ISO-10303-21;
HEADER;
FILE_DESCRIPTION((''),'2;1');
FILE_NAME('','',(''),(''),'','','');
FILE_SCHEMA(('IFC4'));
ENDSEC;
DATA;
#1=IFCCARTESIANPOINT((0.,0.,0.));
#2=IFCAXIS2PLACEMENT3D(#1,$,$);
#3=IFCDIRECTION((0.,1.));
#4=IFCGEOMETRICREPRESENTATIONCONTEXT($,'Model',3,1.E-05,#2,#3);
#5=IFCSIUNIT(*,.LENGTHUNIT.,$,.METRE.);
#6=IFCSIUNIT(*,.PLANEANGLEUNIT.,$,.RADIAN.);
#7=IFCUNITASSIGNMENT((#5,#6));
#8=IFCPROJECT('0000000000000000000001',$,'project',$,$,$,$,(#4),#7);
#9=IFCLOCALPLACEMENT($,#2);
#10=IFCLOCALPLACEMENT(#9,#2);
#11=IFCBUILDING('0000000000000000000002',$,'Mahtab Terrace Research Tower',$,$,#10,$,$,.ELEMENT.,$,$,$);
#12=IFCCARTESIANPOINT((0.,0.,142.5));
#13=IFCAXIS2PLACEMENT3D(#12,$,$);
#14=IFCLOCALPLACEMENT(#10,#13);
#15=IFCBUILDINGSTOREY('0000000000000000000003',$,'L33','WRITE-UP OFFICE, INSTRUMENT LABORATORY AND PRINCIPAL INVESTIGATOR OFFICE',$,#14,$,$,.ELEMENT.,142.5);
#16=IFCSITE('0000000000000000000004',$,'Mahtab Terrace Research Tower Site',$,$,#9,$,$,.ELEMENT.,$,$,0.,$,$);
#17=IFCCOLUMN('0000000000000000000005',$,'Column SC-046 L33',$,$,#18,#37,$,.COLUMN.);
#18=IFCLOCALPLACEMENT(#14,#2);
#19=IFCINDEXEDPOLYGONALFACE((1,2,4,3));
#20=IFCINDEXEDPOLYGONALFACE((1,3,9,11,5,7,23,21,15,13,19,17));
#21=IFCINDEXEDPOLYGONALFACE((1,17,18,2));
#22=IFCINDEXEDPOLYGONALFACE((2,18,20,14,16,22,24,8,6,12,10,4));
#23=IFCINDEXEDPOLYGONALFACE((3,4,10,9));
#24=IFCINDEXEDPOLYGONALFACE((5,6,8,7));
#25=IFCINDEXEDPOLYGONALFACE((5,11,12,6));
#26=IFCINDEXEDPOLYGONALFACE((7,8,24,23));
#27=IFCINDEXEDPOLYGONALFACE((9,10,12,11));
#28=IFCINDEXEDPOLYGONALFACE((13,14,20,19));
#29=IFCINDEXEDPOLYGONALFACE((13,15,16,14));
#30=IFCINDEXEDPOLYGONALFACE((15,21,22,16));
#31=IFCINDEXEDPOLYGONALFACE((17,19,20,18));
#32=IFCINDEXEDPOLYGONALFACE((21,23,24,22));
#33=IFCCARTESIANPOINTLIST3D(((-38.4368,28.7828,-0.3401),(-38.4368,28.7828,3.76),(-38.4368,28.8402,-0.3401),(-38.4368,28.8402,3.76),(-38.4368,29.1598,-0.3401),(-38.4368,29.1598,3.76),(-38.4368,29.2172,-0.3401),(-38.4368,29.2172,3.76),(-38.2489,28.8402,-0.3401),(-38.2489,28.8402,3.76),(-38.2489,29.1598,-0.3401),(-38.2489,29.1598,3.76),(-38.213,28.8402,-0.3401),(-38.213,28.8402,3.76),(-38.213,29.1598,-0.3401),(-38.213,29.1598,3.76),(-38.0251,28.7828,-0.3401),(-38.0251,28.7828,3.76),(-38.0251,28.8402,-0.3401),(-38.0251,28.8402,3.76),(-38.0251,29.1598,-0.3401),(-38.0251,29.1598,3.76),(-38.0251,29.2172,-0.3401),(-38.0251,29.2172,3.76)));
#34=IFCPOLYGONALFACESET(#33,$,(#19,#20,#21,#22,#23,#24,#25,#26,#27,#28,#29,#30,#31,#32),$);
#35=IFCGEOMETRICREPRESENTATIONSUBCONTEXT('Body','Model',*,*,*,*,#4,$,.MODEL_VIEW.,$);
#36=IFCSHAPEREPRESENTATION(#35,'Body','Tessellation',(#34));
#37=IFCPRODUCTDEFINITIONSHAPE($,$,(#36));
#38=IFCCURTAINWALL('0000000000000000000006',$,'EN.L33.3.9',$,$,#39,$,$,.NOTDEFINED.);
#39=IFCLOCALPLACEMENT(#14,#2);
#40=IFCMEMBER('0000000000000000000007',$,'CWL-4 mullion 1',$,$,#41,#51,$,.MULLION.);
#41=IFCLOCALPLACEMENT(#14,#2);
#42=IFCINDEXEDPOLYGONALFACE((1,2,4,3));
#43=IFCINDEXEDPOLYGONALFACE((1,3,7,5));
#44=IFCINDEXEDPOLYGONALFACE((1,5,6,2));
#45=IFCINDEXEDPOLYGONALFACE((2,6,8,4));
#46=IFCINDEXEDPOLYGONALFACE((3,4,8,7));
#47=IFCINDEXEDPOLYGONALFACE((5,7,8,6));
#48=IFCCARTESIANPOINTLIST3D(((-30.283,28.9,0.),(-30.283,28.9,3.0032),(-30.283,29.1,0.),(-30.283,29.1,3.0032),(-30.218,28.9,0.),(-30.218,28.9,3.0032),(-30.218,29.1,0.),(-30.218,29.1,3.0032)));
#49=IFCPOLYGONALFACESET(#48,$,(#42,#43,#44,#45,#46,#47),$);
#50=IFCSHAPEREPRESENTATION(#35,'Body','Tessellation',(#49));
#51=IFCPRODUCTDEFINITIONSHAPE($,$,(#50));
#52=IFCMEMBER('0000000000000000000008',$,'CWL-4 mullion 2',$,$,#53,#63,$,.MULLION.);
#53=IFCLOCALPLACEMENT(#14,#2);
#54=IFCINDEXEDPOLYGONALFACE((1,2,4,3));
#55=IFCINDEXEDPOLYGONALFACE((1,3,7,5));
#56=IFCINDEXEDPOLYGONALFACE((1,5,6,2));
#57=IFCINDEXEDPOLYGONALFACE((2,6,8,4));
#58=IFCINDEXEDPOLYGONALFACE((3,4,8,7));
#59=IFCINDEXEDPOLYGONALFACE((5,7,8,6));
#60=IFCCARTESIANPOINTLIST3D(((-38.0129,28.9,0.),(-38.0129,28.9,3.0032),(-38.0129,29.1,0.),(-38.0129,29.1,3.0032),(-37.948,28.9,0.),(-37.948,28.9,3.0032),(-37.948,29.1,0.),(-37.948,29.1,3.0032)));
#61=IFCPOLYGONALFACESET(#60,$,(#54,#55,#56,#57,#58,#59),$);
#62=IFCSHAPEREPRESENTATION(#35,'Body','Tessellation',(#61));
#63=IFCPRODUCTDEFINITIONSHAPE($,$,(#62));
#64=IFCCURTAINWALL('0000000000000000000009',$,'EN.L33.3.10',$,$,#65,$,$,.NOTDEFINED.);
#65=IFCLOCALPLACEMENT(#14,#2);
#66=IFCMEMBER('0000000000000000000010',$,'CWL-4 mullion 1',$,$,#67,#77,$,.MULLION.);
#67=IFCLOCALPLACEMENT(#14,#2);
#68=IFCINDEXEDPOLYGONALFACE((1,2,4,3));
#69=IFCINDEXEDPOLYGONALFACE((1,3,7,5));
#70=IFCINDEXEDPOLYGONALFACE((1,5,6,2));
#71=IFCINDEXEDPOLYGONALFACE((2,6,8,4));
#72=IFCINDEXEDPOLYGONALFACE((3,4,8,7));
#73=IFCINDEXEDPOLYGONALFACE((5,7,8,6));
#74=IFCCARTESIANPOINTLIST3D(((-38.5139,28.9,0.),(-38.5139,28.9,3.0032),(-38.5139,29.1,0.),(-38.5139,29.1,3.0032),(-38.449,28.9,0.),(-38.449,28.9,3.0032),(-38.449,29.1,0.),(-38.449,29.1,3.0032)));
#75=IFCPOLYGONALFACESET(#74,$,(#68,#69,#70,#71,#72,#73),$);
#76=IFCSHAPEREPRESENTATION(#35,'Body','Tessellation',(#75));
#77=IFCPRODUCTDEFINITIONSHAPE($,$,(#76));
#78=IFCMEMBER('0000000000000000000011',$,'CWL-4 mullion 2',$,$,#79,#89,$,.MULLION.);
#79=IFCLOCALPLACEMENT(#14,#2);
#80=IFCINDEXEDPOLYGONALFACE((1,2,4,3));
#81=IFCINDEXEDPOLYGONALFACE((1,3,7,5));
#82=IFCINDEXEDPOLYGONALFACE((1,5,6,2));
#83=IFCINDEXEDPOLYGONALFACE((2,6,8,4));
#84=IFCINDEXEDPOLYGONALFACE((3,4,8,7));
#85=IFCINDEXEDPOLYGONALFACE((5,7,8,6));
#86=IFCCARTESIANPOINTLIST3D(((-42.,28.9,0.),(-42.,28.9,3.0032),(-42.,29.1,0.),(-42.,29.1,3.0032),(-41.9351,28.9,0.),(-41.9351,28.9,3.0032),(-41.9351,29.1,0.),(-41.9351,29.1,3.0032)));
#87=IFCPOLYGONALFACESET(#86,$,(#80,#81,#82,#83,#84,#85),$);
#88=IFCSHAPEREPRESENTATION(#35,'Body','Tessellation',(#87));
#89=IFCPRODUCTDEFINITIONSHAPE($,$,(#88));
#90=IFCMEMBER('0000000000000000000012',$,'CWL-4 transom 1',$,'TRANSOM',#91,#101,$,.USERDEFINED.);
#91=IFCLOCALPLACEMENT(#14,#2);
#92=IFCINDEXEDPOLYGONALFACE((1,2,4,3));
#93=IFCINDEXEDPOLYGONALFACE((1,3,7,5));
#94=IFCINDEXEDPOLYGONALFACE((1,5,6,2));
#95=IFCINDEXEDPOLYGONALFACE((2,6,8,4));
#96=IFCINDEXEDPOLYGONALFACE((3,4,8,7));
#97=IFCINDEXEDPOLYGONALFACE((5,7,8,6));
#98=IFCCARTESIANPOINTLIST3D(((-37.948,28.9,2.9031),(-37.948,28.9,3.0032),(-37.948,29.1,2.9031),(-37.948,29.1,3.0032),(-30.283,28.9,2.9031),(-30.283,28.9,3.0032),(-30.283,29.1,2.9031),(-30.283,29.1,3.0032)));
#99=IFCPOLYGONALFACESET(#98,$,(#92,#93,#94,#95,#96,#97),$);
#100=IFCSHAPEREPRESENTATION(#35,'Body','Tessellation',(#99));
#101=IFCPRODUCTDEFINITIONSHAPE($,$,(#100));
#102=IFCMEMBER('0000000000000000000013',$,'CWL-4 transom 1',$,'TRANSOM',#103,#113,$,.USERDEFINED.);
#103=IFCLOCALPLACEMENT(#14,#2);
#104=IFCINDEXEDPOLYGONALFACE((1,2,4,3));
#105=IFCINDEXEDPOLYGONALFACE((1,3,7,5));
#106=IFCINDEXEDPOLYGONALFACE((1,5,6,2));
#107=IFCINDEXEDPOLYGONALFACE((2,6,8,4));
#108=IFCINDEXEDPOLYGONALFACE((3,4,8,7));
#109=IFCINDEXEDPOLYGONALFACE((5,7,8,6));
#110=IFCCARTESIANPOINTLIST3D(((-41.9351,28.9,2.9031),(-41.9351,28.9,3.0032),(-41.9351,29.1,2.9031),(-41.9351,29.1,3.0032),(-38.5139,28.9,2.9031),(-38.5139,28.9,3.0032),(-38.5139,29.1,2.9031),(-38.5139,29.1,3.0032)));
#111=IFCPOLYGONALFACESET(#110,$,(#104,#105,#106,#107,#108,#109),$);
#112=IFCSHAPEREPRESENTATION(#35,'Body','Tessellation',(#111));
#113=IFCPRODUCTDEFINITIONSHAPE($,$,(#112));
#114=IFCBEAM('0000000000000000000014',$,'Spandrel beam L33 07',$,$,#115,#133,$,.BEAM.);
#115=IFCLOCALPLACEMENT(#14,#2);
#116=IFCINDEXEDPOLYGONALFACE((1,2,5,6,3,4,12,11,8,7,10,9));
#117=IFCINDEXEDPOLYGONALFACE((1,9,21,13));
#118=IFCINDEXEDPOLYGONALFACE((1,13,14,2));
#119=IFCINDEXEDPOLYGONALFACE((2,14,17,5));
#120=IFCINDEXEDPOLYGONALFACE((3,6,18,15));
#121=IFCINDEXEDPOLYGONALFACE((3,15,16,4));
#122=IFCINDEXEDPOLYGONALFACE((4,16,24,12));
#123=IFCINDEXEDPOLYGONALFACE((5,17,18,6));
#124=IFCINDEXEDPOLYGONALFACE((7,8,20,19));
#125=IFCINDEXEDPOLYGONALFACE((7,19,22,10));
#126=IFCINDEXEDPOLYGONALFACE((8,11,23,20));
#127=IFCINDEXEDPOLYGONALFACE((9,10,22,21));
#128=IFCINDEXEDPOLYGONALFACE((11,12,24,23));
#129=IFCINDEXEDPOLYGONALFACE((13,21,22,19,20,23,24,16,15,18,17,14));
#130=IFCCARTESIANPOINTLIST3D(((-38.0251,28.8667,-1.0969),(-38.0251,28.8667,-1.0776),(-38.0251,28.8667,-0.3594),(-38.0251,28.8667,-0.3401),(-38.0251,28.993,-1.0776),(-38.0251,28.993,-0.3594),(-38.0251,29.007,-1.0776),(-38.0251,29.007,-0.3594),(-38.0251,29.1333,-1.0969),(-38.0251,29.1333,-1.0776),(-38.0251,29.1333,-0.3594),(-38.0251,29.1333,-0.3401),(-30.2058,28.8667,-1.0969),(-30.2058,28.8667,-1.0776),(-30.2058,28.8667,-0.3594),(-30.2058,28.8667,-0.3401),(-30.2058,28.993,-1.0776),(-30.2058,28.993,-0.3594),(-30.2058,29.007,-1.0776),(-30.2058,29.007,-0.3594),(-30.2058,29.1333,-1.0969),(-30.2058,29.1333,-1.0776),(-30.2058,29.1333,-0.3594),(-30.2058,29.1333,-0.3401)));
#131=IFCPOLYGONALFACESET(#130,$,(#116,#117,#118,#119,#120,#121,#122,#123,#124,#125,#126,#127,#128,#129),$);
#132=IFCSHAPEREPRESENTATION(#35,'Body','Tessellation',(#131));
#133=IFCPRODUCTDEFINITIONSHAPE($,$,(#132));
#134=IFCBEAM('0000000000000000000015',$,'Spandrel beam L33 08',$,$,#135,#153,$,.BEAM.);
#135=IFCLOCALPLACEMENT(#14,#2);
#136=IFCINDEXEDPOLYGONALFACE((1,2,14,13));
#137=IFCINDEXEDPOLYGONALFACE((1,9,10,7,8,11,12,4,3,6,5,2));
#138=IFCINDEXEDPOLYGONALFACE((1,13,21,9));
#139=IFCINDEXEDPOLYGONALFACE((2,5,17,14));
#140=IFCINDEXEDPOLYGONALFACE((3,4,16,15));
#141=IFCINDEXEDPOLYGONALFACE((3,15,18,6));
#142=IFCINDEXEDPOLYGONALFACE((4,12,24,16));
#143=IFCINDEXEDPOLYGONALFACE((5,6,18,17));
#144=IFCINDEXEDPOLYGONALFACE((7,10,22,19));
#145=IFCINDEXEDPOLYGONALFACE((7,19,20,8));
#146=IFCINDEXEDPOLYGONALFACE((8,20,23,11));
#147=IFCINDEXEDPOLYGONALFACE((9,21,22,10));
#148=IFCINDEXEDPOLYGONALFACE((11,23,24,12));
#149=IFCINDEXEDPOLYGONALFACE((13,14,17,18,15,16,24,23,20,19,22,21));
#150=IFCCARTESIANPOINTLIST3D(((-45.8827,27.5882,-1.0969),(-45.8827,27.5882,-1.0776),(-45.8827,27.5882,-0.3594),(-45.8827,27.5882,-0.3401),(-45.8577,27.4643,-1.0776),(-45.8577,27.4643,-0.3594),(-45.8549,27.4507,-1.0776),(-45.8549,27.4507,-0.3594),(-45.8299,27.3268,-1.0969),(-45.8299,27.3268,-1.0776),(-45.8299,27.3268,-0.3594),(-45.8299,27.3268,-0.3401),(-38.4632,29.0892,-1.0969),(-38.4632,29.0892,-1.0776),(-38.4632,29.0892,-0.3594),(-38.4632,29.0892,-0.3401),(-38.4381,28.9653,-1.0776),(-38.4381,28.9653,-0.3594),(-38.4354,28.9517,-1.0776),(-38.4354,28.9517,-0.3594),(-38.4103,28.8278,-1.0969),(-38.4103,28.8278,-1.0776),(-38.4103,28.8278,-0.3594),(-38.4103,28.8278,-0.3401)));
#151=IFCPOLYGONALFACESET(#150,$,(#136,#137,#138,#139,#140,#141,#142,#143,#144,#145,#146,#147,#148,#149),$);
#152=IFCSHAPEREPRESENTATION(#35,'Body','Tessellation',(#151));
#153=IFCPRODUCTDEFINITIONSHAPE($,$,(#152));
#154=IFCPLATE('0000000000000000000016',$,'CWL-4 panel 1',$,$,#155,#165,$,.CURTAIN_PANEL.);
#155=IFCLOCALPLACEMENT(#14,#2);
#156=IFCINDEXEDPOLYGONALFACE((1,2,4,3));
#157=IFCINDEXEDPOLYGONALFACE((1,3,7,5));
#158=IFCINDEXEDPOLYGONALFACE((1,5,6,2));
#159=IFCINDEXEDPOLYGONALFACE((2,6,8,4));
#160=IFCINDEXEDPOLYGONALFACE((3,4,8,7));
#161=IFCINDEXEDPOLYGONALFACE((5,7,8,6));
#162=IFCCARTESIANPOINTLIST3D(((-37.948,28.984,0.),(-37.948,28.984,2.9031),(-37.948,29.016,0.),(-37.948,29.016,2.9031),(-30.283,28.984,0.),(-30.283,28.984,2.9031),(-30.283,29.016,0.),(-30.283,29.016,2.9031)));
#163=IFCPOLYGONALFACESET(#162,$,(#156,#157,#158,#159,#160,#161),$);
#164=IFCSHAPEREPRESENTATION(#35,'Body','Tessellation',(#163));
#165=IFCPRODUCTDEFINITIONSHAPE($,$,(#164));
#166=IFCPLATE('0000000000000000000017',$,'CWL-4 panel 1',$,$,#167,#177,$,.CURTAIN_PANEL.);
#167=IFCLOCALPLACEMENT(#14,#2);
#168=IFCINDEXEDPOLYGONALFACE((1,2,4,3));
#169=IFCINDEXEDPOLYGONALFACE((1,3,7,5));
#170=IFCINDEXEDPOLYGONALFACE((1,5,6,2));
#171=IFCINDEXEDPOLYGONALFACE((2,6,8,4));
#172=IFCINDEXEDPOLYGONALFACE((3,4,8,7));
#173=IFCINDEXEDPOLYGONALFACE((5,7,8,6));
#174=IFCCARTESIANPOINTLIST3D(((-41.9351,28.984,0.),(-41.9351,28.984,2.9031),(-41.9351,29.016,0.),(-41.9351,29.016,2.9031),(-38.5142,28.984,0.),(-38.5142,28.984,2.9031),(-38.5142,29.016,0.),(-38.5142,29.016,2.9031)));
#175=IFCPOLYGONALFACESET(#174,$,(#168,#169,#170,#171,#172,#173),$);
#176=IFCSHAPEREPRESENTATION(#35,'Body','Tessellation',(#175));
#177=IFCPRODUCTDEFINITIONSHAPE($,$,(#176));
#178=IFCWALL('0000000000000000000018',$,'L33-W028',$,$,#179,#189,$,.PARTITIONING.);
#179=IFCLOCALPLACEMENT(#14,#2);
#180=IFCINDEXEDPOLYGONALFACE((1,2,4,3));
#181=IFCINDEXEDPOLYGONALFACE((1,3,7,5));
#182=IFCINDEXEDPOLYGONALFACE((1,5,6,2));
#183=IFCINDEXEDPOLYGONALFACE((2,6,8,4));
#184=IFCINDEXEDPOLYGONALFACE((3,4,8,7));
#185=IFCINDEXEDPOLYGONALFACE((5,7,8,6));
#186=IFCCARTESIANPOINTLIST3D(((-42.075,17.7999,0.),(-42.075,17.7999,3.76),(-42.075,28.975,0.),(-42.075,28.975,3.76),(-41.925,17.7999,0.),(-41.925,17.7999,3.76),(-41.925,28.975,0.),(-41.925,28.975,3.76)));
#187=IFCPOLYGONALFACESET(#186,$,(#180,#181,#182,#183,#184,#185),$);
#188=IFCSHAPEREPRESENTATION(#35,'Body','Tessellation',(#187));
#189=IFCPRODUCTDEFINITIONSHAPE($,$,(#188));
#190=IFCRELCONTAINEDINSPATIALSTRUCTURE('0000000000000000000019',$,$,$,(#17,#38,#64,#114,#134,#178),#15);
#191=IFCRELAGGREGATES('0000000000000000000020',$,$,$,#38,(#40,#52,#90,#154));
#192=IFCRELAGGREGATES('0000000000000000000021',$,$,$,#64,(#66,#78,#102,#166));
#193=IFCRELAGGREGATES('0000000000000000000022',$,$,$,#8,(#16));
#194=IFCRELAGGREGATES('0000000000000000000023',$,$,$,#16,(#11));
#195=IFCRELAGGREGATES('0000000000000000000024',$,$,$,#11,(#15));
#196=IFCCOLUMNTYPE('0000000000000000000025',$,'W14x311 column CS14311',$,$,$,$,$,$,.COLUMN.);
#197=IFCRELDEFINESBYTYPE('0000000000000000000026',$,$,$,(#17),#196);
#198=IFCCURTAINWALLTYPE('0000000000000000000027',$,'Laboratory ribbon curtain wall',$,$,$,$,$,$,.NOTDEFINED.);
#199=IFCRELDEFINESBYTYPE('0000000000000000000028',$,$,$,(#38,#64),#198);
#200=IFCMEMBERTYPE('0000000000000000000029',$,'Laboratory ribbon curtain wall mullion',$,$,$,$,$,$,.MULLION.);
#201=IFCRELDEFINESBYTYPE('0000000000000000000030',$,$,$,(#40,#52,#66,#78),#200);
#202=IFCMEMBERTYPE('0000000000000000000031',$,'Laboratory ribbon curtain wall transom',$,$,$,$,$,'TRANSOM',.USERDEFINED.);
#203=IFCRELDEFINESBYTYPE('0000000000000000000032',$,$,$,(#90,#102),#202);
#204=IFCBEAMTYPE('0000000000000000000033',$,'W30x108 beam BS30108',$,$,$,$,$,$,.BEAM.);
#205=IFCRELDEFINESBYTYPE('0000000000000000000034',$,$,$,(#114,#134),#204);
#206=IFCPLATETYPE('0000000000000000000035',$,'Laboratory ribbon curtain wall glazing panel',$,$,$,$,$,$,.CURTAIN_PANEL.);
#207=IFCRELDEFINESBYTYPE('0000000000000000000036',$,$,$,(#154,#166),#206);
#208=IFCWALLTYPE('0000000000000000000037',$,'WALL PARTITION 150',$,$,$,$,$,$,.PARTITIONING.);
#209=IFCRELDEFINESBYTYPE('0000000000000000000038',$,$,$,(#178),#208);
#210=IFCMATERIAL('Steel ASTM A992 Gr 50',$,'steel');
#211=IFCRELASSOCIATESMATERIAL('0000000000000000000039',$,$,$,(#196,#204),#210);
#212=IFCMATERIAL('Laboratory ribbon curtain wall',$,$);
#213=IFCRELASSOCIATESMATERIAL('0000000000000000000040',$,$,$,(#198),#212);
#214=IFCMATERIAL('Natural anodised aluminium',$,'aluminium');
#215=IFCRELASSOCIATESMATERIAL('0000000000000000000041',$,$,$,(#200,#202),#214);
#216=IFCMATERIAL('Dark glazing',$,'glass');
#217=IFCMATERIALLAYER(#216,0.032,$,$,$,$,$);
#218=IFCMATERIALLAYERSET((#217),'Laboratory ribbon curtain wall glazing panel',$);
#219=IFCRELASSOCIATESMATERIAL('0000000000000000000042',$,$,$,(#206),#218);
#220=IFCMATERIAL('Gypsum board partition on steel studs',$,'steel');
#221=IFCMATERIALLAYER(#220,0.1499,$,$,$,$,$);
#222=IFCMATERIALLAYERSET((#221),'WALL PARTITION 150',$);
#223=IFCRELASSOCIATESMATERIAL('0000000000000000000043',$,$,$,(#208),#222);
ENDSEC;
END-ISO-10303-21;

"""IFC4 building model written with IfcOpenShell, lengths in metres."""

from ifc_helpers import new_model, si_unit, direction, frame, frame_2d, origin, origin_2d, place, context, subcontext, project, spatial, rectangle, i_section, extrude, material, layer, layer_set, material_profile, profile_set, type_object, element, aggregate, save


model = new_model("IFC4")

# Units and contexts
model_context = context("Model", 3, precision=1e-05, world=origin(), true_north=direction((0.0, 1.0)))
body_context = subcontext(model_context, "Body", "Model", "MODEL_VIEW")
ifc_project = project(units=[si_unit("LENGTHUNIT", "METRE"), si_unit("PLANEANGLEUNIT", "RADIAN")], contexts=[model_context])

# Site, building, storey
site_placement = place(None, origin())
site = spatial("IfcSite", under=ifc_project, at=site_placement, Name="Mahtab Terrace Research Tower Site", CompositionType="ELEMENT", RefElevation=0.0)
building_placement = place(site_placement, origin())
building = spatial("IfcBuilding", under=site, at=building_placement, Name="Mahtab Terrace Research Tower", CompositionType="ELEMENT")
storey_placement = place(building_placement, frame((0.0, 0.0, 142.5)))
storey = spatial("IfcBuildingStorey", under=building, at=storey_placement, Name="L33", Description="WRITE-UP OFFICE, INSTRUMENT LABORATORY AND PRINCIPAL INVESTIGATOR OFFICE", CompositionType="ELEMENT", Elevation=142.5)

# Column
ifc_material_1 = material(Name="Steel ASTM A992 Gr 50", Category="steel")
ifc_material_profile_1 = material_profile(ifc_material_1, i_section(OverallWidth=0.4116, OverallDepth=0.4343, WebThickness=0.0359, FlangeThickness=0.0574, at=origin_2d()), Name="W14X311")
ifc_profile_set_1 = profile_set([ifc_material_profile_1], Name="Steel ASTM A992 Gr 50")
column_type = type_object("IfcColumnType", Name="W14x311 column CS14311", PredefinedType="COLUMN", material=ifc_profile_set_1)
column_placement = place(storey_placement, frame((-38.231, 29.0, -0.3401), z_axis=(0.0, 0.0, 1.0), x_axis=(1.0, 0.0, 0.0)))
element("IfcColumn", 1, at=column_placement, inside=storey, type_object=column_type, Name="Column SC-046 L33", PredefinedType="COLUMN", context=body_context, shape_type="SweptSolid", body=[
    extrude(i_section(OverallWidth=0.4116, OverallDepth=0.4343, WebThickness=0.0359, FlangeThickness=0.0574, at=origin_2d()), origin(), (0.0, 0.0, 1.0), 4.1001),
])

# Curtain walls, members
ifc_material_2 = material(Name="Laboratory ribbon curtain wall")
curtain_wall_type = type_object("IfcCurtainWallType", Name="Laboratory ribbon curtain wall", PredefinedType="NOTDEFINED", material=ifc_material_2)
curtain_wall_1_placement = place(storey_placement, origin())
curtain_wall_1 = element("IfcCurtainWall", 2, at=curtain_wall_1_placement, inside=storey, type_object=curtain_wall_type, Name="EN.L33.3.9", PredefinedType="NOTDEFINED")
ifc_material_3 = material(Name="Natural anodised aluminium", Category="aluminium")
ifc_material_profile_2 = material_profile(ifc_material_3, rectangle(XDim=0.2, YDim=0.0649, at=origin_2d()), Name="MULLION 65x200")
ifc_profile_set_2 = profile_set([ifc_material_profile_2], Name="Natural anodised aluminium")
member_type_1 = type_object("IfcMemberType", Name="Laboratory ribbon curtain wall mullion", PredefinedType="MULLION", material=ifc_profile_set_2)
member_1_placement = place(storey_placement, frame((-30.2505, 29.0, 0.0), z_axis=(0.0, 0.0, 1.0), x_axis=(0.0, -1.0, 0.0)))
member_1 = element("IfcMember", 3, at=member_1_placement, type_object=member_type_1, Name="CWL-4 mullion 1", PredefinedType="MULLION", context=body_context, shape_type="SweptSolid", body=[
    extrude(rectangle(XDim=0.2, YDim=0.0649, at=origin_2d()), origin(), (0.0, 0.0, 1.0), 3.0032),
])
member_2_placement = place(storey_placement, frame((-37.9805, 29.0, 0.0), z_axis=(0.0, 0.0, 1.0), x_axis=(0.0, -1.0, 0.0)))
member_2 = element("IfcMember", 4, at=member_2_placement, type_object=member_type_1, Name="CWL-4 mullion 2", PredefinedType="MULLION", context=body_context, shape_type="SweptSolid", body=[
    extrude(rectangle(XDim=0.2, YDim=0.0649, at=origin_2d()), origin(), (0.0, 0.0, 1.0), 3.0032),
])
curtain_wall_2_placement = place(storey_placement, origin())
curtain_wall_2 = element("IfcCurtainWall", 5, at=curtain_wall_2_placement, inside=storey, type_object=curtain_wall_type, Name="EN.L33.3.10", PredefinedType="NOTDEFINED")
member_3_placement = place(storey_placement, frame((-38.4814, 29.0, 0.0), z_axis=(0.0, 0.0, 1.0), x_axis=(0.0, -1.0, 0.0)))
member_3 = element("IfcMember", 6, at=member_3_placement, type_object=member_type_1, Name="CWL-4 mullion 1", PredefinedType="MULLION", context=body_context, shape_type="SweptSolid", body=[
    extrude(rectangle(XDim=0.2, YDim=0.0649, at=origin_2d()), origin(), (0.0, 0.0, 1.0), 3.0032),
])
member_4_placement = place(storey_placement, frame((-41.9675, 29.0, 0.0), z_axis=(0.0, 0.0, 1.0), x_axis=(0.0, -1.0, 0.0)))
member_4 = element("IfcMember", 7, at=member_4_placement, type_object=member_type_1, Name="CWL-4 mullion 2", PredefinedType="MULLION", context=body_context, shape_type="SweptSolid", body=[
    extrude(rectangle(XDim=0.2, YDim=0.0649, at=origin_2d()), origin(), (0.0, 0.0, 1.0), 3.0032),
])

# Members
ifc_material_profile_3 = material_profile(ifc_material_3, rectangle(XDim=0.2, YDim=0.1001, at=origin_2d()), Name="TRANSOM 100x200")
ifc_profile_set_3 = profile_set([ifc_material_profile_3], Name="Natural anodised aluminium")
member_type_2 = type_object("IfcMemberType", Name="Laboratory ribbon curtain wall transom", ElementType="TRANSOM", PredefinedType="USERDEFINED", material=ifc_profile_set_3)
member_5_placement = place(storey_placement, frame((-30.283, 29.0, 2.9531), z_axis=(-1.0, 0.0, 0.0), x_axis=(0.0, -1.0, 0.0)))
member_5 = element("IfcMember", 8, at=member_5_placement, type_object=member_type_2, Name="CWL-4 transom 1", ObjectType="TRANSOM", PredefinedType="USERDEFINED", context=body_context, shape_type="SweptSolid", body=[
    extrude(rectangle(XDim=0.2, YDim=0.1001, at=origin_2d()), origin(), (0.0, 0.0, 1.0), 7.665),
])
member_6_placement = place(storey_placement, frame((-38.5139, 29.0, 2.9531), z_axis=(-1.0, 0.0, 0.0), x_axis=(0.0, -1.0, 0.0)))
member_6 = element("IfcMember", 9, at=member_6_placement, type_object=member_type_2, Name="CWL-4 transom 1", ObjectType="TRANSOM", PredefinedType="USERDEFINED", context=body_context, shape_type="SweptSolid", body=[
    extrude(rectangle(XDim=0.2, YDim=0.1001, at=origin_2d()), origin(), (0.0, 0.0, 1.0), 3.4211),
])

# Beams
ifc_material_profile_4 = material_profile(ifc_material_1, i_section(OverallWidth=0.2666, OverallDepth=0.7568, WebThickness=0.0139, FlangeThickness=0.0193, at=origin_2d()), Name="W30X108")
ifc_profile_set_4 = profile_set([ifc_material_profile_4], Name="Steel ASTM A992 Gr 50")
beam_type = type_object("IfcBeamType", Name="W30x108 beam BS30108", PredefinedType="BEAM", material=ifc_profile_set_4)
beam_1_placement = place(storey_placement, frame((-30.2058, 29.0, -0.7185), z_axis=(-1.0, 0.0, 0.0), x_axis=(0.0, -1.0, 0.0)))
element("IfcBeam", 10, at=beam_1_placement, inside=storey, type_object=beam_type, Name="Spandrel beam L33 07", PredefinedType="BEAM", context=body_context, shape_type="SweptSolid", body=[
    extrude(i_section(OverallWidth=0.2666, OverallDepth=0.7568, WebThickness=0.0139, FlangeThickness=0.0193, at=origin_2d()), origin(), (0.0, 0.0, 1.0), 7.8193),
])
beam_2_placement = place(storey_placement, frame((-38.4368, 28.9585, -0.7185), z_axis=(-0.980144, -0.198286, 0.0), x_axis=(0.198286, -0.980144, 0.0)))
element("IfcBeam", 11, at=beam_2_placement, inside=storey, type_object=beam_type, Name="Spandrel beam L33 08", PredefinedType="BEAM", context=body_context, shape_type="SweptSolid", body=[
    extrude(i_section(OverallWidth=0.2666, OverallDepth=0.7568, WebThickness=0.0139, FlangeThickness=0.0193, at=origin_2d()), origin(), (0.0, 0.0, 1.0), 7.5698),
])

# Plates
ifc_material_4 = material(Name="Dark glazing", Category="glass")
ifc_layer_1 = layer(ifc_material_4, 0.032)
ifc_layer_set_1 = layer_set([ifc_layer_1], Name="Laboratory ribbon curtain wall glazing panel")
plate_type = type_object("IfcPlateType", Name="Laboratory ribbon curtain wall glazing panel", PredefinedType="CURTAIN_PANEL", material=ifc_layer_set_1)
plate_1_placement = place(storey_placement, frame((-34.1155, 29.0, 0.0), z_axis=(0.0, 0.0, 1.0), x_axis=(-1.0, 0.0, 0.0)))
plate_1 = element("IfcPlate", 12, at=plate_1_placement, type_object=plate_type, Name="CWL-4 panel 1", PredefinedType="CURTAIN_PANEL", context=body_context, shape_type="SweptSolid", body=[
    extrude(rectangle(XDim=7.665, YDim=0.032, at=origin_2d()), origin(), (0.0, 0.0, 1.0), 2.9031),
])
aggregate(curtain_wall_1, [member_1, member_2, member_5, plate_1])
plate_2_placement = place(storey_placement, frame((-40.2246, 29.0, 0.0), z_axis=(0.0, 0.0, 1.0), x_axis=(-1.0, 0.0, 0.0)))
plate_2 = element("IfcPlate", 13, at=plate_2_placement, type_object=plate_type, Name="CWL-4 panel 1", PredefinedType="CURTAIN_PANEL", context=body_context, shape_type="SweptSolid", body=[
    extrude(rectangle(XDim=3.4209, YDim=0.032, at=origin_2d()), origin(), (0.0, 0.0, 1.0), 2.9031),
])
aggregate(curtain_wall_2, [member_3, member_4, member_6, plate_2])

# Wall
ifc_material_5 = material(Name="Gypsum board partition on steel studs", Category="steel")
ifc_layer_2 = layer(ifc_material_5, 0.1499)
ifc_layer_set_2 = layer_set([ifc_layer_2], Name="WALL PARTITION 150")
wall_type = type_object("IfcWallType", Name="WALL PARTITION 150", PredefinedType="PARTITIONING", material=ifc_layer_set_2)
for number, where, z_axis, x_axis, name in (
    (14, (-42.0, 17.8, 0.0), (0.0, 0.0, 1.0), (0.0, 1.0, 0.0), "L33-W028"),
):
    element("IfcWall", number, at=place(storey_placement, frame(where, z_axis=z_axis, x_axis=x_axis)), inside=storey, type_object=wall_type, Name=name, PredefinedType="PARTITIONING", context=body_context, shape_type="SweptSolid", body=[
        extrude(rectangle(XDim=11.175, YDim=0.1499, at=frame_2d((5.5874, 0.0))), origin(), (0.0, 0.0, 1.0), 3.76),
    ])

save(model, "model.ifc")
